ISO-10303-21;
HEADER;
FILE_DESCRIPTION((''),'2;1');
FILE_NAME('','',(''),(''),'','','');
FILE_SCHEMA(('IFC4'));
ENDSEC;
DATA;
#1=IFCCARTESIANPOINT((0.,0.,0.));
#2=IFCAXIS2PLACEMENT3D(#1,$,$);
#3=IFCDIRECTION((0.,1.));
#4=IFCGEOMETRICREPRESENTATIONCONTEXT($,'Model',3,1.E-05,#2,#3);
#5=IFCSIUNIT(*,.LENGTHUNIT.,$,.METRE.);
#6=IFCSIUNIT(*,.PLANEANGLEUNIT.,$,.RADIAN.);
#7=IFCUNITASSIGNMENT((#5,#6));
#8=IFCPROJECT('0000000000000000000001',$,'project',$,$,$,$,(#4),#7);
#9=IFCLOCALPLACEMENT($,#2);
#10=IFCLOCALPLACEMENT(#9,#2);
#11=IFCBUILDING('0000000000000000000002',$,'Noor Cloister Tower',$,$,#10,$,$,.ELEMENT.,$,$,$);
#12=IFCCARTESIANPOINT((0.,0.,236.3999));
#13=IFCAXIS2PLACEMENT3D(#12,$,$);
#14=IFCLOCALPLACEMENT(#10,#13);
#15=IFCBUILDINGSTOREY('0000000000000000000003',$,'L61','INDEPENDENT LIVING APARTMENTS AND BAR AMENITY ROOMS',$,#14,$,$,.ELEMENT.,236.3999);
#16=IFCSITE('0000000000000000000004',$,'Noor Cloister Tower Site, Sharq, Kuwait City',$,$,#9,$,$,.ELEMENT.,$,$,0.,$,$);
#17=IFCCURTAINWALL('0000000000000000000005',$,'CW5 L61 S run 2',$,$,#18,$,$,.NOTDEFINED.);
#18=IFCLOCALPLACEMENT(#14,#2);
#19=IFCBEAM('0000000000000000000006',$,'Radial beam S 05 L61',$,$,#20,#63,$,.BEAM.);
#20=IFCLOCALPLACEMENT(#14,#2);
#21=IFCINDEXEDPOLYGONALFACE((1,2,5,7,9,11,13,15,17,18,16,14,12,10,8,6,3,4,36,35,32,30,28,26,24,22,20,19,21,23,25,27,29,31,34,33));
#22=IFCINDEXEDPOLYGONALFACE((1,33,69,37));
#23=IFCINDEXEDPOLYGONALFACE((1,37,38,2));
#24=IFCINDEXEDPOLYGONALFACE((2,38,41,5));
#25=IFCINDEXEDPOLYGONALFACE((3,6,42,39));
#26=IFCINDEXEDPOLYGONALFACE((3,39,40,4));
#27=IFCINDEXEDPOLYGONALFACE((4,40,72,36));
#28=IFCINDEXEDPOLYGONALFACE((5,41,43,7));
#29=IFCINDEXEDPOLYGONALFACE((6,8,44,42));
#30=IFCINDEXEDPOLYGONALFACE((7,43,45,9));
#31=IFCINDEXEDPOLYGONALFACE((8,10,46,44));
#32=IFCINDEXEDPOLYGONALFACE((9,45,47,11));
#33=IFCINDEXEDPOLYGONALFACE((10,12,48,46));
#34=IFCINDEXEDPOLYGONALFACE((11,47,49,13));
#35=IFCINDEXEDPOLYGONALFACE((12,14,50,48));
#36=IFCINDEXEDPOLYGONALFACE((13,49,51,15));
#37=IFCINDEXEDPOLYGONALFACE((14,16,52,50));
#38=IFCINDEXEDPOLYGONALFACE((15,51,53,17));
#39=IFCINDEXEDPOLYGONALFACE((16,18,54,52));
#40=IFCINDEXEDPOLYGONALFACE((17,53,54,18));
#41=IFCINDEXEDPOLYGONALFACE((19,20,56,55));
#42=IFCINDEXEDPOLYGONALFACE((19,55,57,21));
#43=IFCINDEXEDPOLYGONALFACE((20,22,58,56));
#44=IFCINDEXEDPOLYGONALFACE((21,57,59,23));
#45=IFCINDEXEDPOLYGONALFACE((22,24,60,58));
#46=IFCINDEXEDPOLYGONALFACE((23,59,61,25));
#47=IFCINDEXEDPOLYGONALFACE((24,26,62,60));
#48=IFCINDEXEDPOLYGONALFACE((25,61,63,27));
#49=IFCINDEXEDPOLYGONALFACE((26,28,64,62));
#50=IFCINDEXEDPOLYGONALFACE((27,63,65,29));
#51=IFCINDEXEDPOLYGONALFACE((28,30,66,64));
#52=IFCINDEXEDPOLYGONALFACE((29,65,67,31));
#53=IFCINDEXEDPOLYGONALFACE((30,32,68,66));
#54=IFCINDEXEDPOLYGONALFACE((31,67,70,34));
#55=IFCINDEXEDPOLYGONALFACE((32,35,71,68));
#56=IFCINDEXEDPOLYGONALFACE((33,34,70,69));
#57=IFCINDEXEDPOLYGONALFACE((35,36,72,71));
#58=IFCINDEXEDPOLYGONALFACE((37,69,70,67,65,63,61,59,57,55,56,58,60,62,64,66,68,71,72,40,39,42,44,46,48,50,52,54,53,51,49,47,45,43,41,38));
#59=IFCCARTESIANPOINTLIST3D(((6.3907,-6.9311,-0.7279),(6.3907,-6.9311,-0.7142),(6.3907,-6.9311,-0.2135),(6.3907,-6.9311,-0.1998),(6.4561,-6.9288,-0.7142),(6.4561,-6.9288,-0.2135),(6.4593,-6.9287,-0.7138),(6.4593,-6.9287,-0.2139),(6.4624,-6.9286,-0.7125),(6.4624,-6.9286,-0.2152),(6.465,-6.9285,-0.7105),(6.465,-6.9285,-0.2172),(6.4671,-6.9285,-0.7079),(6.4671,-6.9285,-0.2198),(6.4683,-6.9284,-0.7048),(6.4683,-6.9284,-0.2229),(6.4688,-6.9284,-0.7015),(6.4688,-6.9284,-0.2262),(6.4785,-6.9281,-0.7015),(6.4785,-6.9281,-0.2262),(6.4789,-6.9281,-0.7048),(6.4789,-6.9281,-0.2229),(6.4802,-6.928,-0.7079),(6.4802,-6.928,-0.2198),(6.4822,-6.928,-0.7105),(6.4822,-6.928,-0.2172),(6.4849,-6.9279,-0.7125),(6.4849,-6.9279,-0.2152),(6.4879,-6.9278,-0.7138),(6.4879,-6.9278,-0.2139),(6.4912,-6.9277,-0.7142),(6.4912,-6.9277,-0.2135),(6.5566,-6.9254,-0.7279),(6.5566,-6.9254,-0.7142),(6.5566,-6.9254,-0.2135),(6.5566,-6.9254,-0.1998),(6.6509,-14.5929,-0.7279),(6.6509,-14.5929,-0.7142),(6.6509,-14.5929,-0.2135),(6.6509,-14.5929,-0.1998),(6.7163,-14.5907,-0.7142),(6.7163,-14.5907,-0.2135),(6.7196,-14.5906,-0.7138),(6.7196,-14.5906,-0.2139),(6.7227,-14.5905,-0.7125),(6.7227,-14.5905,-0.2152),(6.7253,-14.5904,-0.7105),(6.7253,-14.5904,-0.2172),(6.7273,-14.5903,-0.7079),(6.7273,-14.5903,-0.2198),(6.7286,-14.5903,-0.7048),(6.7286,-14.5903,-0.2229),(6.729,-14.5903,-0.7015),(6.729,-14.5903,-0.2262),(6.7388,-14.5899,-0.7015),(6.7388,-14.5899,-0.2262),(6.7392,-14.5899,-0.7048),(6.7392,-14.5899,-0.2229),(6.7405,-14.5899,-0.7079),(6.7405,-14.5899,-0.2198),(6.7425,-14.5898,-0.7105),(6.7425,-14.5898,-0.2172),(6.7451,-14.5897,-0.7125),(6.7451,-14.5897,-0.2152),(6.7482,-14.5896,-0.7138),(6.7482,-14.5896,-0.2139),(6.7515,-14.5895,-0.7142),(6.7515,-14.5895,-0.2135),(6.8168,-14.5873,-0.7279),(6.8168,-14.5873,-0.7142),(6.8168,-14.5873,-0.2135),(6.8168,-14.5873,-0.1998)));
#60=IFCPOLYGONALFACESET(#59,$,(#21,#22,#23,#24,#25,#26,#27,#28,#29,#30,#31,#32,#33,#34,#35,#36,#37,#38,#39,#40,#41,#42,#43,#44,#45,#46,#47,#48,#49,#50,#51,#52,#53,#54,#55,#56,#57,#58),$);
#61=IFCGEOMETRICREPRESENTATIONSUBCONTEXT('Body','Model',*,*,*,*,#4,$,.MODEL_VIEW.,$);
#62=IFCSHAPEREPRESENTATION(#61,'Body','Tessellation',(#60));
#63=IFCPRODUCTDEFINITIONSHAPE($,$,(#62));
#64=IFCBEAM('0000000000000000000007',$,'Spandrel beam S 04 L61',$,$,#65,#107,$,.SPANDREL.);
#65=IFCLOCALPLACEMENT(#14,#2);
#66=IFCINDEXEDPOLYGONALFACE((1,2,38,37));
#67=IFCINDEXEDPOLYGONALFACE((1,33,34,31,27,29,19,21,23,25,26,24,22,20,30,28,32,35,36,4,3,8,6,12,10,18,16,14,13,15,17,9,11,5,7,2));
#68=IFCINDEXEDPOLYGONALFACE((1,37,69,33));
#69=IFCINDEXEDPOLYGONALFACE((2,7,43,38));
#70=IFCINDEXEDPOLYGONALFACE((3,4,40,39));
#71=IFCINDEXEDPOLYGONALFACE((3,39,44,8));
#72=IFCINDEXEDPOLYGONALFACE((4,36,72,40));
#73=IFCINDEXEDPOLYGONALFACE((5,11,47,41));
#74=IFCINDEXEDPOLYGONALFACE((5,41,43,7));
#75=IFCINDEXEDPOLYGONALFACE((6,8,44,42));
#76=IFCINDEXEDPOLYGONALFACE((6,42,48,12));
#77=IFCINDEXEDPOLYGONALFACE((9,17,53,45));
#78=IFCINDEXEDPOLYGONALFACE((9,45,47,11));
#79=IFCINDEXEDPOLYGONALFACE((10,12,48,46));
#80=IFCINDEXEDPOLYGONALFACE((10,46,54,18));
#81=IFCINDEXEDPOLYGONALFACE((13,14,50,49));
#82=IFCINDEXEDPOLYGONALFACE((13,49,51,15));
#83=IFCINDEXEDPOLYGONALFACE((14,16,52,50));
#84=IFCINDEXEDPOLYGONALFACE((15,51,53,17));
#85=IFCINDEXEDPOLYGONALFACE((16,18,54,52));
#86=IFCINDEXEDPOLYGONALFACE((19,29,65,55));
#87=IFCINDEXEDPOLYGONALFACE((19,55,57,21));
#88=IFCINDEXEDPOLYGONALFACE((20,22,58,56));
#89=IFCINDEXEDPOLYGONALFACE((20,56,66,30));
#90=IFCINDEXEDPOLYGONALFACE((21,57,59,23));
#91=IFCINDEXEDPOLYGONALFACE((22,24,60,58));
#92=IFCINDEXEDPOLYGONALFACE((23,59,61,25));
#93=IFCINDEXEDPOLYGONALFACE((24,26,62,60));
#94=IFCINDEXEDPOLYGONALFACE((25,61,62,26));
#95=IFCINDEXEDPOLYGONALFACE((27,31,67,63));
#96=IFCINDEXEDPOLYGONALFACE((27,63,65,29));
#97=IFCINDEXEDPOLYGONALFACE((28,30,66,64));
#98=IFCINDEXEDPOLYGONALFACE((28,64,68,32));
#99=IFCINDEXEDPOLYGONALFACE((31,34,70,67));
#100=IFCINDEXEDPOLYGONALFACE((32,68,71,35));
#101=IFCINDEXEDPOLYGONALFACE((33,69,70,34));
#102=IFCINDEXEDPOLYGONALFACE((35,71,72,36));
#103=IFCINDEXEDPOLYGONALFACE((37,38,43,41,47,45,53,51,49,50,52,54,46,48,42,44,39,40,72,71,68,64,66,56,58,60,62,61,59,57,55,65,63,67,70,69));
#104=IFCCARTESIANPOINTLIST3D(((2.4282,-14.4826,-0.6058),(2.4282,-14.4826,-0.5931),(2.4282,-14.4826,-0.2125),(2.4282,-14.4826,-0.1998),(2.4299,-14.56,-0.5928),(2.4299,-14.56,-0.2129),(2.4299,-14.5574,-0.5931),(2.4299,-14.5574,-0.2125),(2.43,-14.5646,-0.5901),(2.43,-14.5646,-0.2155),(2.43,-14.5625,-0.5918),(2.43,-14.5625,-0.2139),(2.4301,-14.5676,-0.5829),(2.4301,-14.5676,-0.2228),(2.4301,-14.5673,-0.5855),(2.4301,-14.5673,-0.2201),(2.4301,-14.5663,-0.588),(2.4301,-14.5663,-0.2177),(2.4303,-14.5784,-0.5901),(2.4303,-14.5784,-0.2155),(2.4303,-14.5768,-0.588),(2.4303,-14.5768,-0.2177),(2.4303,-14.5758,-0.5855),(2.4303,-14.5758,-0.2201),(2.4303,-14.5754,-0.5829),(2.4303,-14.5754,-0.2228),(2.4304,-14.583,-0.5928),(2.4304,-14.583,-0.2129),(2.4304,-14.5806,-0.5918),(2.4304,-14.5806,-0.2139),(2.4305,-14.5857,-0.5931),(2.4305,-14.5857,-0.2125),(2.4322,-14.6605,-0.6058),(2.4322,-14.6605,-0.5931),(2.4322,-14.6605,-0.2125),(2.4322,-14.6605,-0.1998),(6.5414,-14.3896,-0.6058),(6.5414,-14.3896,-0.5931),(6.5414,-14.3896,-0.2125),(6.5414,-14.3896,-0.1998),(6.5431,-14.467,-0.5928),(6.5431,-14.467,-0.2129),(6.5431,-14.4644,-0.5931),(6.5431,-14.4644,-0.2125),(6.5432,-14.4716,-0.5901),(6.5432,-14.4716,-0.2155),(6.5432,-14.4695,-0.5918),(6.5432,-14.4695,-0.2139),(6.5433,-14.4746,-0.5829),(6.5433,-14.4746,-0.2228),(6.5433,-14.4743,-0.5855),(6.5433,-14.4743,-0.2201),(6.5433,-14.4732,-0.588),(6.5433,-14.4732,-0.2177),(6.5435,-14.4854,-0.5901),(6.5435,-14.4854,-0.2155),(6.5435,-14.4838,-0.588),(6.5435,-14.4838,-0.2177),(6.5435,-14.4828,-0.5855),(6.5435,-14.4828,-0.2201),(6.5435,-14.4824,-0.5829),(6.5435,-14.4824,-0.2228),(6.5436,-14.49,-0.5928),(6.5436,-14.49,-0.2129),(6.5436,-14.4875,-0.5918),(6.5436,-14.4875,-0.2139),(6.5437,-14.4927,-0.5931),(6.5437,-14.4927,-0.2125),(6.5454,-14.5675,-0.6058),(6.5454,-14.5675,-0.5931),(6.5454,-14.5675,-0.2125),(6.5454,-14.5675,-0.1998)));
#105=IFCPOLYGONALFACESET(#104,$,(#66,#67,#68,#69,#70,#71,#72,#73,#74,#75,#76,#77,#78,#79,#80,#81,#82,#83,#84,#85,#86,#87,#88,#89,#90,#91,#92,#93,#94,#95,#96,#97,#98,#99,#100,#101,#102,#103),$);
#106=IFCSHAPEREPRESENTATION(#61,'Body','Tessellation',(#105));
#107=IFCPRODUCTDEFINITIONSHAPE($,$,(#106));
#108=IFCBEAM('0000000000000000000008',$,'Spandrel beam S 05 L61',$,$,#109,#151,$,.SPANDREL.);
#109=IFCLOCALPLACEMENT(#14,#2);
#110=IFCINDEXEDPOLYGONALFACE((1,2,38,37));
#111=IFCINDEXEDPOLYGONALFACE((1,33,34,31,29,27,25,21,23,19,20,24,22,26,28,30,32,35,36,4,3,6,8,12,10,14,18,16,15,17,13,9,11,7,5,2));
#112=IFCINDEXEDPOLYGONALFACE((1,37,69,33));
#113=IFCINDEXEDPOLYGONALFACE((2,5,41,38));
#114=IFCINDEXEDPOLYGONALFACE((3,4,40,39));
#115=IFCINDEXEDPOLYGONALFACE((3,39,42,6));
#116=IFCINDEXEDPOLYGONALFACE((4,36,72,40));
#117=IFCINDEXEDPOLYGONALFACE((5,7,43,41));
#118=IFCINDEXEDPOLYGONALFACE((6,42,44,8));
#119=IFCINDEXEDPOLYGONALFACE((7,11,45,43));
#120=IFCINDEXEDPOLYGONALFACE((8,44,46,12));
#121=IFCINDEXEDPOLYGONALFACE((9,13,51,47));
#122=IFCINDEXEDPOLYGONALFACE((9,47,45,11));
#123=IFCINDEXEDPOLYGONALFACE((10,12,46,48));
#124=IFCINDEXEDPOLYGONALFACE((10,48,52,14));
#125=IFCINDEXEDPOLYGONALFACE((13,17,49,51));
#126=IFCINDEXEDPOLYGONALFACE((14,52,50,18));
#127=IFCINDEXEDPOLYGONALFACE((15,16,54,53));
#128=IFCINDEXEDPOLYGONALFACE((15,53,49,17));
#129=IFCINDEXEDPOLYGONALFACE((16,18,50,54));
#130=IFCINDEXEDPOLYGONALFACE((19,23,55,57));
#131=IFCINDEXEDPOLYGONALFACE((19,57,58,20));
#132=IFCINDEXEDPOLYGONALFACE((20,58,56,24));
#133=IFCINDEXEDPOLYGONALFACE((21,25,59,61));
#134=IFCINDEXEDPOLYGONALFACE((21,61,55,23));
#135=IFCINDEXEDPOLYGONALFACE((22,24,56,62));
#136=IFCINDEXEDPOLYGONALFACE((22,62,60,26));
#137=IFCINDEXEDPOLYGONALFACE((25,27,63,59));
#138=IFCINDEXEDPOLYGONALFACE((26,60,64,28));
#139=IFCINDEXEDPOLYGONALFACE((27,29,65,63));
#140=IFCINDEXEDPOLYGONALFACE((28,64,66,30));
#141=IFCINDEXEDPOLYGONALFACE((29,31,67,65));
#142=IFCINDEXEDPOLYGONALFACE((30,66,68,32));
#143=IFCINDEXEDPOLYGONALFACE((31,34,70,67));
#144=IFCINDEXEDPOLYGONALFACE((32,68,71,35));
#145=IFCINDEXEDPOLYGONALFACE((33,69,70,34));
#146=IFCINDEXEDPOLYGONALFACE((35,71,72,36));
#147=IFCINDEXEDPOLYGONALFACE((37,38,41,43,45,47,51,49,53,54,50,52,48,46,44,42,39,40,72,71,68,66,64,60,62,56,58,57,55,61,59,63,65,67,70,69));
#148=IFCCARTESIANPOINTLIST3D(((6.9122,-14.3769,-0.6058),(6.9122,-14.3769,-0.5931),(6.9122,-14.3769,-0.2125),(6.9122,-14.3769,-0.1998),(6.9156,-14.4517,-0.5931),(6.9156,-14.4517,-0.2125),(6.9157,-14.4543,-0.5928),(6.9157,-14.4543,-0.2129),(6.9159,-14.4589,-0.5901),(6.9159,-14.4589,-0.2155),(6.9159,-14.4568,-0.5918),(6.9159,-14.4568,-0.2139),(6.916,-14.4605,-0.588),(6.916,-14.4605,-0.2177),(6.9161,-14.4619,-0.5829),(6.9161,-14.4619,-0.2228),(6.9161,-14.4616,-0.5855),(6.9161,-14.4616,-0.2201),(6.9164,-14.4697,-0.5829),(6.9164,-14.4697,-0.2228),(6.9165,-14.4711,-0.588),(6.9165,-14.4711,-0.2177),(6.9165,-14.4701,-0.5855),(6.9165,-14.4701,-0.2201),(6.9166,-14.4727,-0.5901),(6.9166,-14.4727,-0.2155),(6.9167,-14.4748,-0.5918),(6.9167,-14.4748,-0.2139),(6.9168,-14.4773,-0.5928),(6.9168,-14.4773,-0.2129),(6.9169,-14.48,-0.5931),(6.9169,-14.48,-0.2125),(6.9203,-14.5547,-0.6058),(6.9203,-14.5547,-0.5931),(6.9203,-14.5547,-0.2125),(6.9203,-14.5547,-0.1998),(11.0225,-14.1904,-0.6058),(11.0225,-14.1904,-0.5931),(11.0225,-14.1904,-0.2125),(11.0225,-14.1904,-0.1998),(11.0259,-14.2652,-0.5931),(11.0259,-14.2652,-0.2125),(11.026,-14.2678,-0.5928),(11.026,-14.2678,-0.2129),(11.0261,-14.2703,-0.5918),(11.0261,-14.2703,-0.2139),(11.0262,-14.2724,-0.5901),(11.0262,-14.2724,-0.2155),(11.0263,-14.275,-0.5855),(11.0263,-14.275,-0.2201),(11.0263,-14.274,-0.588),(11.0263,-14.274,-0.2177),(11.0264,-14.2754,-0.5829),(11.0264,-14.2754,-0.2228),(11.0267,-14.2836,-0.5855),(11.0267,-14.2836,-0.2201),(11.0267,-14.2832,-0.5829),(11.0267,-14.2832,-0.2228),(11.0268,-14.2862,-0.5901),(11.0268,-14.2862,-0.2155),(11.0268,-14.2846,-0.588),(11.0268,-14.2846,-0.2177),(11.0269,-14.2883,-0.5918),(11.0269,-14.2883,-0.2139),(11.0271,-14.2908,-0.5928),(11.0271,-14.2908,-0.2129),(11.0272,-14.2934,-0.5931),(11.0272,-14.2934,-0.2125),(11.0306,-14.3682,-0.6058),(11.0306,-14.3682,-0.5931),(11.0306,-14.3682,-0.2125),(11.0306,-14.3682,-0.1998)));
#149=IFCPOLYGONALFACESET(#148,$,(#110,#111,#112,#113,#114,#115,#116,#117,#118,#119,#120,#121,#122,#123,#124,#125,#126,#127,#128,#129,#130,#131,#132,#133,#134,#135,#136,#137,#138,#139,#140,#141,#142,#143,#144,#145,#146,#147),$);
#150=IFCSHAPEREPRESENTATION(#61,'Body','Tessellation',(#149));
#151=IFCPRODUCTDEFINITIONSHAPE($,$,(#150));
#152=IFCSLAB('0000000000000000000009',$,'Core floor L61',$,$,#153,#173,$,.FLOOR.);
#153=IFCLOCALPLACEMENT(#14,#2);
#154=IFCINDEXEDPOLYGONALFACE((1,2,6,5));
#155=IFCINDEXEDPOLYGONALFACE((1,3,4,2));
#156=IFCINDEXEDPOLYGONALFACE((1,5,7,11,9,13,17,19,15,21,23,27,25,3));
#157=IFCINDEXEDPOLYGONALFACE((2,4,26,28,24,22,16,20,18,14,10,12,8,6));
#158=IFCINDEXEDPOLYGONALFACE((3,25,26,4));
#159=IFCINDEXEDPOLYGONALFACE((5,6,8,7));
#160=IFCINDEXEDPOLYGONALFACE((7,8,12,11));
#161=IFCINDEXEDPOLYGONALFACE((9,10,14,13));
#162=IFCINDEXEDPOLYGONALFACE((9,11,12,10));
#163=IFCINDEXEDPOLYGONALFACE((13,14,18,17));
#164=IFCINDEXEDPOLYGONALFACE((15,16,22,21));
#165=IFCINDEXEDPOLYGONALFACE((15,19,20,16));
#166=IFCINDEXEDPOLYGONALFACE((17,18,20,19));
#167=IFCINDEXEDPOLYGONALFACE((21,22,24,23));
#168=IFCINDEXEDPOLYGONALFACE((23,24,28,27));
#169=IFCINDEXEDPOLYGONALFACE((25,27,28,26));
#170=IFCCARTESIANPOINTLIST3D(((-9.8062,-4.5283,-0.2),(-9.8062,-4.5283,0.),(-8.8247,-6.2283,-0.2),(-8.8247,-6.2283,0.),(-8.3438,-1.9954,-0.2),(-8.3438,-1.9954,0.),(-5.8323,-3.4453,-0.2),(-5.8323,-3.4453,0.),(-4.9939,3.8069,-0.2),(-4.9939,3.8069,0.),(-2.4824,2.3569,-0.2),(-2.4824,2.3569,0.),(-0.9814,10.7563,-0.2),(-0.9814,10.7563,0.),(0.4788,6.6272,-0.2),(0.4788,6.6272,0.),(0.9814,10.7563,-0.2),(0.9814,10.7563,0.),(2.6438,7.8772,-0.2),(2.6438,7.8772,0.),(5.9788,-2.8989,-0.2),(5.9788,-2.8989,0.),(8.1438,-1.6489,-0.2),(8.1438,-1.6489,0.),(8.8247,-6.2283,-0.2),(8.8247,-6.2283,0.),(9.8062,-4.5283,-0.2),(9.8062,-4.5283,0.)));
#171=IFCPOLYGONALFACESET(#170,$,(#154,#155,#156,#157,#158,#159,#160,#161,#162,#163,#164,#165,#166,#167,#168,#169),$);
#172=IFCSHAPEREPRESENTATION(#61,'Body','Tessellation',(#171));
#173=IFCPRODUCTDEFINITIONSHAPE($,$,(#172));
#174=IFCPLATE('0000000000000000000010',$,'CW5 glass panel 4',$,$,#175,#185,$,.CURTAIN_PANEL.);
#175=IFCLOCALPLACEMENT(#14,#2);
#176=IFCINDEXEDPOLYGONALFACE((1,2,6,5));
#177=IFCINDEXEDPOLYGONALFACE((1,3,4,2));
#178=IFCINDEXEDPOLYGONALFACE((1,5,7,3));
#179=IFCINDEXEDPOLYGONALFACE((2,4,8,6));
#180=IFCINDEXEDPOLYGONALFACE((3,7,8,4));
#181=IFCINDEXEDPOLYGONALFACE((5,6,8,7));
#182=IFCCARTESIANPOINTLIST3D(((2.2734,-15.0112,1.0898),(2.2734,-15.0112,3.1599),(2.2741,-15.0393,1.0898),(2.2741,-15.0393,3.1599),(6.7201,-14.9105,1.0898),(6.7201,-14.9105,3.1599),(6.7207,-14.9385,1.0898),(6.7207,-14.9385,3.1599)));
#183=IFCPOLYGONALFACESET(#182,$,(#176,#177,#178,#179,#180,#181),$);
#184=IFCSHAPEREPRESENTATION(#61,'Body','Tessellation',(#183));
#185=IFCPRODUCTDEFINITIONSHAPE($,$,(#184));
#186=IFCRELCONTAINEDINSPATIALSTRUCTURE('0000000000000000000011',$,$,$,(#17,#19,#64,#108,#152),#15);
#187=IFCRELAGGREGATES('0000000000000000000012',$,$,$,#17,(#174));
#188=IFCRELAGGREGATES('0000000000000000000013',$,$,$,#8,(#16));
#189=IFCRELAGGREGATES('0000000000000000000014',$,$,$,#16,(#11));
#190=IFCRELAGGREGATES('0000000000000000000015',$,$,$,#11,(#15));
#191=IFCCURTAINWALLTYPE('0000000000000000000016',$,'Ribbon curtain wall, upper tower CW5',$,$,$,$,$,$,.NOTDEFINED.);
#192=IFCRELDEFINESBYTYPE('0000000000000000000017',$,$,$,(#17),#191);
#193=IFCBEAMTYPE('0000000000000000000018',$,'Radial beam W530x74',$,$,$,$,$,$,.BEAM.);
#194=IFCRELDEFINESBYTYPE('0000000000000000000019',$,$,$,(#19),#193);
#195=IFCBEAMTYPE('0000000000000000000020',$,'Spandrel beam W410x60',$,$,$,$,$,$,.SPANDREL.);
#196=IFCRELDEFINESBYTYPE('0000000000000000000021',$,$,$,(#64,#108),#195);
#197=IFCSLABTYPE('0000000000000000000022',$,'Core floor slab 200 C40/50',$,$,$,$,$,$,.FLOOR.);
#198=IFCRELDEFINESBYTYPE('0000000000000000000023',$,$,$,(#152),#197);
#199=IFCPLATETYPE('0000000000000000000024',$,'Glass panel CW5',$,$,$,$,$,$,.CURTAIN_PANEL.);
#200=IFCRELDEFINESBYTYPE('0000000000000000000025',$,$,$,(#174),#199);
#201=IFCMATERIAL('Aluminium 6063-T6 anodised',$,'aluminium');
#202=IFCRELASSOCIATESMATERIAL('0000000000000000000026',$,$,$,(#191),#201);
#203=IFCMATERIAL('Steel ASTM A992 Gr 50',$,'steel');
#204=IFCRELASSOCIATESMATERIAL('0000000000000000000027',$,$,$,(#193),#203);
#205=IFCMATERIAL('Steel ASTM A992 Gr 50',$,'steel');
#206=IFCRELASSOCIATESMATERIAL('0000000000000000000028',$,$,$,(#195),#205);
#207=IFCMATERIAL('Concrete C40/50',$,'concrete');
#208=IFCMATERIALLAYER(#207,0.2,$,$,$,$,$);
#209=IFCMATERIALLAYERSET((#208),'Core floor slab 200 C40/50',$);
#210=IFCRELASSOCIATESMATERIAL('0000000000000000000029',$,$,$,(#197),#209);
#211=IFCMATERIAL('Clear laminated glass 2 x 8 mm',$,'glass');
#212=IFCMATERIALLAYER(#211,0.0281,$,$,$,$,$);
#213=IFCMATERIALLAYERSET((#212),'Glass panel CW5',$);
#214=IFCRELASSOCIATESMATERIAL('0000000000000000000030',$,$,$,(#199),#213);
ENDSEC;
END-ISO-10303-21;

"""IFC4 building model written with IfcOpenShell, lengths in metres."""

from ifc_helpers import new_model, si_unit, direction, frame, origin, origin_2d, place, context, subcontext, project, spatial, polyline, rectangle, i_section, outline, extrude, material, layer, layer_set, material_profile, profile_set, type_object, element, aggregate, save


model = new_model("IFC4")

# Units and contexts
model_context = context("Model", 3, precision=1e-05, world=origin(), true_north=direction((0.0, 1.0)))
body_context = subcontext(model_context, "Body", "Model", "MODEL_VIEW")
ifc_project = project(units=[si_unit("LENGTHUNIT", "METRE"), si_unit("PLANEANGLEUNIT", "RADIAN")], contexts=[model_context])

# Site, building, storey
site_placement = place(None, origin())
site = spatial("IfcSite", under=ifc_project, at=site_placement, Name="Noor Cloister Tower Site, Sharq, Kuwait City", CompositionType="ELEMENT", RefElevation=0.0)
building_placement = place(site_placement, origin())
building = spatial("IfcBuilding", under=site, at=building_placement, Name="Noor Cloister Tower", CompositionType="ELEMENT")
storey_placement = place(building_placement, frame((0.0, 0.0, 236.3999)))
storey = spatial("IfcBuildingStorey", under=building, at=storey_placement, Name="L61", Description="INDEPENDENT LIVING APARTMENTS AND BAR AMENITY ROOMS", CompositionType="ELEMENT", Elevation=236.3999)

# Curtain wall
ifc_material_1 = material(Name="Aluminium 6063-T6 anodised", Category="aluminium")
curtain_wall_type = type_object("IfcCurtainWallType", Name="Ribbon curtain wall, upper tower CW5", PredefinedType="NOTDEFINED", material=ifc_material_1)
curtain_wall_placement = place(storey_placement, origin())
curtain_wall = element("IfcCurtainWall", 1, at=curtain_wall_placement, inside=storey, type_object=curtain_wall_type, Name="CW5 L61 S run 2", PredefinedType="NOTDEFINED")

# Beams
ifc_material_2 = material(Name="Steel ASTM A992 Gr 50", Category="steel")
ifc_material_profile_1 = material_profile(ifc_material_2, i_section(OverallWidth=0.166, OverallDepth=0.5281, WebThickness=0.0098, FlangeThickness=0.0137, FilletRadius=0.0127, at=origin_2d()), Name="W530x74")
ifc_profile_set_1 = profile_set([ifc_material_profile_1], Name="Steel ASTM A992 Gr 50")
beam_type_1 = type_object("IfcBeamType", Name="Radial beam W530x74", PredefinedType="BEAM", material=ifc_profile_set_1)
beam_1_placement = place(storey_placement, frame((6.7339, -14.5901, -0.4639), z_axis=(-0.033948, 0.999424, 0.0), x_axis=(-0.999424, -0.033948, 0.0)))
element("IfcBeam", 2, at=beam_1_placement, inside=storey, type_object=beam_type_1, Name="Radial beam S 05 L61", PredefinedType="BEAM", context=body_context, shape_type="SweptSolid", body=[
    extrude(i_section(OverallWidth=0.166, OverallDepth=0.5281, WebThickness=0.0098, FlangeThickness=0.0137, FilletRadius=0.0127, at=origin_2d()), origin(), (0.0, 0.0, 1.0), 7.6663),
])
ifc_material_3 = material(Name="Steel ASTM A992 Gr 50", Category="steel")
ifc_material_profile_2 = material_profile(ifc_material_3, i_section(OverallWidth=0.178, OverallDepth=0.406, WebThickness=0.0078, FlangeThickness=0.0127, FilletRadius=0.0103, at=origin_2d()), Name="W410x60")
ifc_profile_set_2 = profile_set([ifc_material_profile_2], Name="Steel ASTM A992 Gr 50")
beam_type_2 = type_object("IfcBeamType", Name="Spandrel beam W410x60", PredefinedType="SPANDREL", material=ifc_profile_set_2)
beam_2_placement = place(storey_placement, frame((2.4302, -14.5715, -0.4028), z_axis=(0.999744, 0.022608, 0.0), x_axis=(-0.022608, 0.999744, 0.0)))
element("IfcBeam", 3, at=beam_2_placement, inside=storey, type_object=beam_type_2, Name="Spandrel beam S 04 L61", PredefinedType="SPANDREL", context=body_context, shape_type="SweptSolid", body=[
    extrude(i_section(OverallWidth=0.178, OverallDepth=0.406, WebThickness=0.0078, FlangeThickness=0.0127, FilletRadius=0.0103, at=origin_2d()), origin(), (0.0, 0.0, 1.0), 4.1143),
])
beam_3_placement = place(storey_placement, frame((6.9163, -14.4658, -0.4028), z_axis=(0.998972, 0.045332, 0.0), x_axis=(-0.045332, 0.998972, 0.0)))
element("IfcBeam", 4, at=beam_3_placement, inside=storey, type_object=beam_type_2, Name="Spandrel beam S 05 L61", PredefinedType="SPANDREL", context=body_context, shape_type="SweptSolid", body=[
    extrude(i_section(OverallWidth=0.178, OverallDepth=0.406, WebThickness=0.0078, FlangeThickness=0.0127, FilletRadius=0.0103, at=origin_2d()), origin(), (0.0, 0.0, 1.0), 4.1145),
])

# Slab
ifc_material_4 = material(Name="Concrete C40/50", Category="concrete")
ifc_layer_1 = layer(ifc_material_4, 0.2)
ifc_layer_set_1 = layer_set([ifc_layer_1], Name="Core floor slab 200 C40/50")
slab_type_1 = type_object("IfcSlabType", Name="Core floor slab 200 C40/50", PredefinedType="FLOOR", material=ifc_layer_set_1)
slab_1_placement = place(storey_placement, frame((0.0, 0.0, -0.2)))
element("IfcSlab", 5, at=slab_1_placement, inside=storey, type_object=slab_type_1, Name="Core floor L61", PredefinedType="FLOOR", context=body_context, shape_type="SweptSolid", body=[
    extrude(outline(polyline([(2.6438, 7.8772), (0.9814, 10.7563), (-0.9814, 10.7563), (-4.9939, 3.8069), (-2.4824, 2.3569), (-5.8323, -3.4453), (-8.3438, -1.9954), (-9.8062, -4.5283), (-8.8247, -6.2283), (8.8247, -6.2283), (9.8062, -4.5283), (8.1438, -1.6489), (5.9788, -2.8989), (0.4788, 6.6272), (2.6438, 7.8772)])), origin(), (0.0, 0.0, 1.0), 0.2),
])

# Plate
ifc_material_5 = material(Name="Clear laminated glass 2 x 8 mm", Category="glass")
ifc_layer_2 = layer(ifc_material_5, 0.0281)
ifc_layer_set_2 = layer_set([ifc_layer_2], Name="Glass panel CW5")
plate_type = type_object("IfcPlateType", Name="Glass panel CW5", PredefinedType="CURTAIN_PANEL", material=ifc_layer_set_2)
plate_placement = place(storey_placement, frame((4.4971, -14.9749, 1.0898), z_axis=(0.0, 0.0, 1.0), x_axis=(0.999743, 0.022649, 0.0)))
plate = element("IfcPlate", 6, at=plate_placement, type_object=plate_type, Name="CW5 glass panel 4", PredefinedType="CURTAIN_PANEL", context=body_context, shape_type="SweptSolid", body=[
    extrude(rectangle(XDim=4.4478, YDim=0.0281, at=origin_2d()), origin(), (0.0, 0.0, 1.0), 2.0701),
])
aggregate(curtain_wall, [plate])

save(model, "model.ifc")
